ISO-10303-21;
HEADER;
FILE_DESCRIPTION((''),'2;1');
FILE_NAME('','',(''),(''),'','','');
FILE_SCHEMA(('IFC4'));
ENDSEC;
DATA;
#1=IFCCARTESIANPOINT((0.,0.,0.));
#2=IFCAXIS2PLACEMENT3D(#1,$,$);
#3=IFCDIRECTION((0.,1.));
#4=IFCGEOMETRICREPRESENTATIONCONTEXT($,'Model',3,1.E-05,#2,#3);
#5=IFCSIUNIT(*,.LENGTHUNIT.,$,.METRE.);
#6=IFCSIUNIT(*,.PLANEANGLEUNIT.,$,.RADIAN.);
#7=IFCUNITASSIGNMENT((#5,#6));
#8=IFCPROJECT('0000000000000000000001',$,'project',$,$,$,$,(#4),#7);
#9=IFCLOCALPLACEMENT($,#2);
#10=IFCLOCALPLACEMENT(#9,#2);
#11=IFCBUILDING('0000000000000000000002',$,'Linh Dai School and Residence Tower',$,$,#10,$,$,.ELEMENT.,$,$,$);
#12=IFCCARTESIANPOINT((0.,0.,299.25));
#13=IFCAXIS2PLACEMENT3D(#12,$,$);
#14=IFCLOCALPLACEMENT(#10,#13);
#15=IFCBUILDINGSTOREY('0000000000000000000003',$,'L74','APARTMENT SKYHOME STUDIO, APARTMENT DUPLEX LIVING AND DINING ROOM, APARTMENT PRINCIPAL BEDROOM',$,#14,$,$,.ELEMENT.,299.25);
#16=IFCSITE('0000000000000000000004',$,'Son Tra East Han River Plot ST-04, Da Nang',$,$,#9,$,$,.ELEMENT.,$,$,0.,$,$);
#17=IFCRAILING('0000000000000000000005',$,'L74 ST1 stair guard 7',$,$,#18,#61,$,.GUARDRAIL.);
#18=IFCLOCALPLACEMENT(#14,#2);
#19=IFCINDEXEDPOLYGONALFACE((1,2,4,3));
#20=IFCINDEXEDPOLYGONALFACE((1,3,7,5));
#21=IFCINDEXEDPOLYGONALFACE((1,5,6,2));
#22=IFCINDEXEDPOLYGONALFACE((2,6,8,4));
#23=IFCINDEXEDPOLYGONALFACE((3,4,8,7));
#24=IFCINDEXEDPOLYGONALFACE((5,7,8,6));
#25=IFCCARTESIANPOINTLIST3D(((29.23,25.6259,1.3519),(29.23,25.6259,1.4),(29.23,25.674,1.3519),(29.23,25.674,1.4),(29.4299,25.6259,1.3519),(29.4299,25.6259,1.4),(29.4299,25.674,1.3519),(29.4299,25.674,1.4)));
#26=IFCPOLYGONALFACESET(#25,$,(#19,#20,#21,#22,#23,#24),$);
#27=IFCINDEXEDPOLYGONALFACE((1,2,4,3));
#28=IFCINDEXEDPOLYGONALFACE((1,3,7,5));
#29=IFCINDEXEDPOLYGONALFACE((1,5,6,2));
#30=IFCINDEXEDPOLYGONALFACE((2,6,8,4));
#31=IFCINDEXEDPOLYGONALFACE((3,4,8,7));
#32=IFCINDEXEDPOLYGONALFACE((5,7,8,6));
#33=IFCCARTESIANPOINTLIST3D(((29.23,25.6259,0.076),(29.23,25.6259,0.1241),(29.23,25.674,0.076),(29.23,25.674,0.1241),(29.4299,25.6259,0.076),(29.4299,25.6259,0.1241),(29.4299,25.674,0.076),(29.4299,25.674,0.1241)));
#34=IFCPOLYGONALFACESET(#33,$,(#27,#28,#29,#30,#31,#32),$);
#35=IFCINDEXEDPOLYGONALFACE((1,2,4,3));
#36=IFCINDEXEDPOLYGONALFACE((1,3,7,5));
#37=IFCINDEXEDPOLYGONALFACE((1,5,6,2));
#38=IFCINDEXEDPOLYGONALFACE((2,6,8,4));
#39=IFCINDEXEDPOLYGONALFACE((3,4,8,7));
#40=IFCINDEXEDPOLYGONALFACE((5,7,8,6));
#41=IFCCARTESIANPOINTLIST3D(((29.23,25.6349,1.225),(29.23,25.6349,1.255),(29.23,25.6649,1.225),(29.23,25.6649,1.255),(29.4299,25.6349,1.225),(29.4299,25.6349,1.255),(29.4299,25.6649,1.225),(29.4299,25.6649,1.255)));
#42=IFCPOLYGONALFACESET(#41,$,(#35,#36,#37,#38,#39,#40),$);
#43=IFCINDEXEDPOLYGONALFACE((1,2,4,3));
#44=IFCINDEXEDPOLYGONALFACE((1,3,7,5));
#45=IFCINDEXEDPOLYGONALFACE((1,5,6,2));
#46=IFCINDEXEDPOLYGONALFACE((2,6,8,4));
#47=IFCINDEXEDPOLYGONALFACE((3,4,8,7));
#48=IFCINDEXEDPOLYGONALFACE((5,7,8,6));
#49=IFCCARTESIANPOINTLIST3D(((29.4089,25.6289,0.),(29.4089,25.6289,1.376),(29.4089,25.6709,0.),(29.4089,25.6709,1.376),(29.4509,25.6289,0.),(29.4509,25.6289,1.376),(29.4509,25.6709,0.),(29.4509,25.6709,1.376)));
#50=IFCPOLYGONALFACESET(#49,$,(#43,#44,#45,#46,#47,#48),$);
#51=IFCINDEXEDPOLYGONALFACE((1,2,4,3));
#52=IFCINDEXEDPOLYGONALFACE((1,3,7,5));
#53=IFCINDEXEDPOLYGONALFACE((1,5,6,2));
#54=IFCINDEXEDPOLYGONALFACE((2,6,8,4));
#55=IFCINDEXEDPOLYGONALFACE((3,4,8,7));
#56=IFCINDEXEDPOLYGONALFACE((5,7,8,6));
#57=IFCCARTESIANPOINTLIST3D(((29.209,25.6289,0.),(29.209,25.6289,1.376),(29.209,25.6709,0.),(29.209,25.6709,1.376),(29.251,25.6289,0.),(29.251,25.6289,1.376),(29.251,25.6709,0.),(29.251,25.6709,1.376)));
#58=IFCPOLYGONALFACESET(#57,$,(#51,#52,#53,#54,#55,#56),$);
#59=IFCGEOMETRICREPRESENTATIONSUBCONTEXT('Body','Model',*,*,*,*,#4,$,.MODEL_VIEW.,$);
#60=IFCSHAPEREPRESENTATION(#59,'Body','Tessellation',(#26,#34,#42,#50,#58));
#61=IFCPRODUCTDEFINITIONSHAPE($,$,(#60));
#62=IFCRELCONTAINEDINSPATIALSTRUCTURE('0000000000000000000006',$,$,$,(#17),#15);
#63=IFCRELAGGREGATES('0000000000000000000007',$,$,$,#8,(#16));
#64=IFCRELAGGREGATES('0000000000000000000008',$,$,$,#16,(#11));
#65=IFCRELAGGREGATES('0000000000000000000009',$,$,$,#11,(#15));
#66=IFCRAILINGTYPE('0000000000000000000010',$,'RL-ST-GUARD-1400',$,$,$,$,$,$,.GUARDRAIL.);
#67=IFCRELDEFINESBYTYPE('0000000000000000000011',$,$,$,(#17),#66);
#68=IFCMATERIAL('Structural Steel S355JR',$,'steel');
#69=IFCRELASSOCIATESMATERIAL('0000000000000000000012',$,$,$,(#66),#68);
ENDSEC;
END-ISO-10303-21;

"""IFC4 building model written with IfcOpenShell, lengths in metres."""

from ifc_helpers import new_model, si_unit, direction, frame, origin, origin_2d, place, context, subcontext, project, spatial, rectangle, extrude, source, transform, mapped, material, type_object, element, save


model = new_model("IFC4")

# Units and contexts
model_context = context("Model", 3, precision=1e-05, world=origin(), true_north=direction((0.0, 1.0)))
body_context = subcontext(model_context, "Body", "Model", "MODEL_VIEW")
ifc_project = project(units=[si_unit("LENGTHUNIT", "METRE"), si_unit("PLANEANGLEUNIT", "RADIAN")], contexts=[model_context])

# Site, building, storey
site_placement = place(None, origin())
site = spatial("IfcSite", under=ifc_project, at=site_placement, Name="Son Tra East Han River Plot ST-04, Da Nang", CompositionType="ELEMENT", RefElevation=0.0)
building_placement = place(site_placement, origin())
building = spatial("IfcBuilding", under=site, at=building_placement, Name="Linh Dai School and Residence Tower", CompositionType="ELEMENT")
storey_placement = place(building_placement, frame((0.0, 0.0, 299.25)))
storey = spatial("IfcBuildingStorey", under=building, at=storey_placement, Name="L74", Description="APARTMENT SKYHOME STUDIO, APARTMENT DUPLEX LIVING AND DINING ROOM, APARTMENT PRINCIPAL BEDROOM", CompositionType="ELEMENT", Elevation=299.25)

# Shared definitions
ifc_material_1 = material(Name="Structural Steel S355JR", Category="steel")

# Railing
railing_type_1 = type_object("IfcRailingType", Name="RL-ST-GUARD-1400", PredefinedType="GUARDRAIL", material=ifc_material_1)
shared_shape_1 = source(origin(), body_context, "Body", "SweptSolid", [
    extrude(rectangle(XDim=0.0481, YDim=0.0481, at=origin_2d()), frame((0.0, 0.0, 1.376), z_axis=(-1.0, 0.0, 0.0), x_axis=(0.0, -1.0, 0.0)), (0.0, 0.0, 1.0), 0.2),
    extrude(rectangle(XDim=0.0481, YDim=0.0481, at=origin_2d()), frame((0.0, 0.0, 0.1001), z_axis=(-1.0, 0.0, 0.0), x_axis=(0.0, -1.0, 0.0)), (0.0, 0.0, 1.0), 0.2),
    extrude(rectangle(XDim=0.03, YDim=0.03, at=origin_2d()), frame((0.0, 0.0, 1.24), z_axis=(-1.0, 0.0, 0.0), x_axis=(0.0, -1.0, 0.0)), (0.0, 0.0, 1.0), 0.2),
    extrude(rectangle(XDim=0.042, YDim=0.042, at=origin_2d()), origin(), (0.0, 0.0, 1.0), 1.376),
    extrude(rectangle(XDim=0.042, YDim=0.042, at=origin_2d()), frame((-0.2, 0.0, 0.0)), (0.0, 0.0, 1.0), 1.376),
])
railing_1_placement = place(storey_placement, frame((29.4299, 25.6499, 0.0)))
element("IfcRailing", 1, at=railing_1_placement, inside=storey, type_object=railing_type_1, Name="L74 ST1 stair guard 7", PredefinedType="GUARDRAIL", context=body_context, shape_type="MappedRepresentation", body=[
    mapped(shared_shape_1, transform((0.0, 0.0, 0.0), x_axis=(1.0, 0.0, 0.0), y_axis=(0.0, 1.0, 0.0), z_axis=(0.0, 0.0, 1.0), scale=1.0)),
])

save(model, "model.ifc")
